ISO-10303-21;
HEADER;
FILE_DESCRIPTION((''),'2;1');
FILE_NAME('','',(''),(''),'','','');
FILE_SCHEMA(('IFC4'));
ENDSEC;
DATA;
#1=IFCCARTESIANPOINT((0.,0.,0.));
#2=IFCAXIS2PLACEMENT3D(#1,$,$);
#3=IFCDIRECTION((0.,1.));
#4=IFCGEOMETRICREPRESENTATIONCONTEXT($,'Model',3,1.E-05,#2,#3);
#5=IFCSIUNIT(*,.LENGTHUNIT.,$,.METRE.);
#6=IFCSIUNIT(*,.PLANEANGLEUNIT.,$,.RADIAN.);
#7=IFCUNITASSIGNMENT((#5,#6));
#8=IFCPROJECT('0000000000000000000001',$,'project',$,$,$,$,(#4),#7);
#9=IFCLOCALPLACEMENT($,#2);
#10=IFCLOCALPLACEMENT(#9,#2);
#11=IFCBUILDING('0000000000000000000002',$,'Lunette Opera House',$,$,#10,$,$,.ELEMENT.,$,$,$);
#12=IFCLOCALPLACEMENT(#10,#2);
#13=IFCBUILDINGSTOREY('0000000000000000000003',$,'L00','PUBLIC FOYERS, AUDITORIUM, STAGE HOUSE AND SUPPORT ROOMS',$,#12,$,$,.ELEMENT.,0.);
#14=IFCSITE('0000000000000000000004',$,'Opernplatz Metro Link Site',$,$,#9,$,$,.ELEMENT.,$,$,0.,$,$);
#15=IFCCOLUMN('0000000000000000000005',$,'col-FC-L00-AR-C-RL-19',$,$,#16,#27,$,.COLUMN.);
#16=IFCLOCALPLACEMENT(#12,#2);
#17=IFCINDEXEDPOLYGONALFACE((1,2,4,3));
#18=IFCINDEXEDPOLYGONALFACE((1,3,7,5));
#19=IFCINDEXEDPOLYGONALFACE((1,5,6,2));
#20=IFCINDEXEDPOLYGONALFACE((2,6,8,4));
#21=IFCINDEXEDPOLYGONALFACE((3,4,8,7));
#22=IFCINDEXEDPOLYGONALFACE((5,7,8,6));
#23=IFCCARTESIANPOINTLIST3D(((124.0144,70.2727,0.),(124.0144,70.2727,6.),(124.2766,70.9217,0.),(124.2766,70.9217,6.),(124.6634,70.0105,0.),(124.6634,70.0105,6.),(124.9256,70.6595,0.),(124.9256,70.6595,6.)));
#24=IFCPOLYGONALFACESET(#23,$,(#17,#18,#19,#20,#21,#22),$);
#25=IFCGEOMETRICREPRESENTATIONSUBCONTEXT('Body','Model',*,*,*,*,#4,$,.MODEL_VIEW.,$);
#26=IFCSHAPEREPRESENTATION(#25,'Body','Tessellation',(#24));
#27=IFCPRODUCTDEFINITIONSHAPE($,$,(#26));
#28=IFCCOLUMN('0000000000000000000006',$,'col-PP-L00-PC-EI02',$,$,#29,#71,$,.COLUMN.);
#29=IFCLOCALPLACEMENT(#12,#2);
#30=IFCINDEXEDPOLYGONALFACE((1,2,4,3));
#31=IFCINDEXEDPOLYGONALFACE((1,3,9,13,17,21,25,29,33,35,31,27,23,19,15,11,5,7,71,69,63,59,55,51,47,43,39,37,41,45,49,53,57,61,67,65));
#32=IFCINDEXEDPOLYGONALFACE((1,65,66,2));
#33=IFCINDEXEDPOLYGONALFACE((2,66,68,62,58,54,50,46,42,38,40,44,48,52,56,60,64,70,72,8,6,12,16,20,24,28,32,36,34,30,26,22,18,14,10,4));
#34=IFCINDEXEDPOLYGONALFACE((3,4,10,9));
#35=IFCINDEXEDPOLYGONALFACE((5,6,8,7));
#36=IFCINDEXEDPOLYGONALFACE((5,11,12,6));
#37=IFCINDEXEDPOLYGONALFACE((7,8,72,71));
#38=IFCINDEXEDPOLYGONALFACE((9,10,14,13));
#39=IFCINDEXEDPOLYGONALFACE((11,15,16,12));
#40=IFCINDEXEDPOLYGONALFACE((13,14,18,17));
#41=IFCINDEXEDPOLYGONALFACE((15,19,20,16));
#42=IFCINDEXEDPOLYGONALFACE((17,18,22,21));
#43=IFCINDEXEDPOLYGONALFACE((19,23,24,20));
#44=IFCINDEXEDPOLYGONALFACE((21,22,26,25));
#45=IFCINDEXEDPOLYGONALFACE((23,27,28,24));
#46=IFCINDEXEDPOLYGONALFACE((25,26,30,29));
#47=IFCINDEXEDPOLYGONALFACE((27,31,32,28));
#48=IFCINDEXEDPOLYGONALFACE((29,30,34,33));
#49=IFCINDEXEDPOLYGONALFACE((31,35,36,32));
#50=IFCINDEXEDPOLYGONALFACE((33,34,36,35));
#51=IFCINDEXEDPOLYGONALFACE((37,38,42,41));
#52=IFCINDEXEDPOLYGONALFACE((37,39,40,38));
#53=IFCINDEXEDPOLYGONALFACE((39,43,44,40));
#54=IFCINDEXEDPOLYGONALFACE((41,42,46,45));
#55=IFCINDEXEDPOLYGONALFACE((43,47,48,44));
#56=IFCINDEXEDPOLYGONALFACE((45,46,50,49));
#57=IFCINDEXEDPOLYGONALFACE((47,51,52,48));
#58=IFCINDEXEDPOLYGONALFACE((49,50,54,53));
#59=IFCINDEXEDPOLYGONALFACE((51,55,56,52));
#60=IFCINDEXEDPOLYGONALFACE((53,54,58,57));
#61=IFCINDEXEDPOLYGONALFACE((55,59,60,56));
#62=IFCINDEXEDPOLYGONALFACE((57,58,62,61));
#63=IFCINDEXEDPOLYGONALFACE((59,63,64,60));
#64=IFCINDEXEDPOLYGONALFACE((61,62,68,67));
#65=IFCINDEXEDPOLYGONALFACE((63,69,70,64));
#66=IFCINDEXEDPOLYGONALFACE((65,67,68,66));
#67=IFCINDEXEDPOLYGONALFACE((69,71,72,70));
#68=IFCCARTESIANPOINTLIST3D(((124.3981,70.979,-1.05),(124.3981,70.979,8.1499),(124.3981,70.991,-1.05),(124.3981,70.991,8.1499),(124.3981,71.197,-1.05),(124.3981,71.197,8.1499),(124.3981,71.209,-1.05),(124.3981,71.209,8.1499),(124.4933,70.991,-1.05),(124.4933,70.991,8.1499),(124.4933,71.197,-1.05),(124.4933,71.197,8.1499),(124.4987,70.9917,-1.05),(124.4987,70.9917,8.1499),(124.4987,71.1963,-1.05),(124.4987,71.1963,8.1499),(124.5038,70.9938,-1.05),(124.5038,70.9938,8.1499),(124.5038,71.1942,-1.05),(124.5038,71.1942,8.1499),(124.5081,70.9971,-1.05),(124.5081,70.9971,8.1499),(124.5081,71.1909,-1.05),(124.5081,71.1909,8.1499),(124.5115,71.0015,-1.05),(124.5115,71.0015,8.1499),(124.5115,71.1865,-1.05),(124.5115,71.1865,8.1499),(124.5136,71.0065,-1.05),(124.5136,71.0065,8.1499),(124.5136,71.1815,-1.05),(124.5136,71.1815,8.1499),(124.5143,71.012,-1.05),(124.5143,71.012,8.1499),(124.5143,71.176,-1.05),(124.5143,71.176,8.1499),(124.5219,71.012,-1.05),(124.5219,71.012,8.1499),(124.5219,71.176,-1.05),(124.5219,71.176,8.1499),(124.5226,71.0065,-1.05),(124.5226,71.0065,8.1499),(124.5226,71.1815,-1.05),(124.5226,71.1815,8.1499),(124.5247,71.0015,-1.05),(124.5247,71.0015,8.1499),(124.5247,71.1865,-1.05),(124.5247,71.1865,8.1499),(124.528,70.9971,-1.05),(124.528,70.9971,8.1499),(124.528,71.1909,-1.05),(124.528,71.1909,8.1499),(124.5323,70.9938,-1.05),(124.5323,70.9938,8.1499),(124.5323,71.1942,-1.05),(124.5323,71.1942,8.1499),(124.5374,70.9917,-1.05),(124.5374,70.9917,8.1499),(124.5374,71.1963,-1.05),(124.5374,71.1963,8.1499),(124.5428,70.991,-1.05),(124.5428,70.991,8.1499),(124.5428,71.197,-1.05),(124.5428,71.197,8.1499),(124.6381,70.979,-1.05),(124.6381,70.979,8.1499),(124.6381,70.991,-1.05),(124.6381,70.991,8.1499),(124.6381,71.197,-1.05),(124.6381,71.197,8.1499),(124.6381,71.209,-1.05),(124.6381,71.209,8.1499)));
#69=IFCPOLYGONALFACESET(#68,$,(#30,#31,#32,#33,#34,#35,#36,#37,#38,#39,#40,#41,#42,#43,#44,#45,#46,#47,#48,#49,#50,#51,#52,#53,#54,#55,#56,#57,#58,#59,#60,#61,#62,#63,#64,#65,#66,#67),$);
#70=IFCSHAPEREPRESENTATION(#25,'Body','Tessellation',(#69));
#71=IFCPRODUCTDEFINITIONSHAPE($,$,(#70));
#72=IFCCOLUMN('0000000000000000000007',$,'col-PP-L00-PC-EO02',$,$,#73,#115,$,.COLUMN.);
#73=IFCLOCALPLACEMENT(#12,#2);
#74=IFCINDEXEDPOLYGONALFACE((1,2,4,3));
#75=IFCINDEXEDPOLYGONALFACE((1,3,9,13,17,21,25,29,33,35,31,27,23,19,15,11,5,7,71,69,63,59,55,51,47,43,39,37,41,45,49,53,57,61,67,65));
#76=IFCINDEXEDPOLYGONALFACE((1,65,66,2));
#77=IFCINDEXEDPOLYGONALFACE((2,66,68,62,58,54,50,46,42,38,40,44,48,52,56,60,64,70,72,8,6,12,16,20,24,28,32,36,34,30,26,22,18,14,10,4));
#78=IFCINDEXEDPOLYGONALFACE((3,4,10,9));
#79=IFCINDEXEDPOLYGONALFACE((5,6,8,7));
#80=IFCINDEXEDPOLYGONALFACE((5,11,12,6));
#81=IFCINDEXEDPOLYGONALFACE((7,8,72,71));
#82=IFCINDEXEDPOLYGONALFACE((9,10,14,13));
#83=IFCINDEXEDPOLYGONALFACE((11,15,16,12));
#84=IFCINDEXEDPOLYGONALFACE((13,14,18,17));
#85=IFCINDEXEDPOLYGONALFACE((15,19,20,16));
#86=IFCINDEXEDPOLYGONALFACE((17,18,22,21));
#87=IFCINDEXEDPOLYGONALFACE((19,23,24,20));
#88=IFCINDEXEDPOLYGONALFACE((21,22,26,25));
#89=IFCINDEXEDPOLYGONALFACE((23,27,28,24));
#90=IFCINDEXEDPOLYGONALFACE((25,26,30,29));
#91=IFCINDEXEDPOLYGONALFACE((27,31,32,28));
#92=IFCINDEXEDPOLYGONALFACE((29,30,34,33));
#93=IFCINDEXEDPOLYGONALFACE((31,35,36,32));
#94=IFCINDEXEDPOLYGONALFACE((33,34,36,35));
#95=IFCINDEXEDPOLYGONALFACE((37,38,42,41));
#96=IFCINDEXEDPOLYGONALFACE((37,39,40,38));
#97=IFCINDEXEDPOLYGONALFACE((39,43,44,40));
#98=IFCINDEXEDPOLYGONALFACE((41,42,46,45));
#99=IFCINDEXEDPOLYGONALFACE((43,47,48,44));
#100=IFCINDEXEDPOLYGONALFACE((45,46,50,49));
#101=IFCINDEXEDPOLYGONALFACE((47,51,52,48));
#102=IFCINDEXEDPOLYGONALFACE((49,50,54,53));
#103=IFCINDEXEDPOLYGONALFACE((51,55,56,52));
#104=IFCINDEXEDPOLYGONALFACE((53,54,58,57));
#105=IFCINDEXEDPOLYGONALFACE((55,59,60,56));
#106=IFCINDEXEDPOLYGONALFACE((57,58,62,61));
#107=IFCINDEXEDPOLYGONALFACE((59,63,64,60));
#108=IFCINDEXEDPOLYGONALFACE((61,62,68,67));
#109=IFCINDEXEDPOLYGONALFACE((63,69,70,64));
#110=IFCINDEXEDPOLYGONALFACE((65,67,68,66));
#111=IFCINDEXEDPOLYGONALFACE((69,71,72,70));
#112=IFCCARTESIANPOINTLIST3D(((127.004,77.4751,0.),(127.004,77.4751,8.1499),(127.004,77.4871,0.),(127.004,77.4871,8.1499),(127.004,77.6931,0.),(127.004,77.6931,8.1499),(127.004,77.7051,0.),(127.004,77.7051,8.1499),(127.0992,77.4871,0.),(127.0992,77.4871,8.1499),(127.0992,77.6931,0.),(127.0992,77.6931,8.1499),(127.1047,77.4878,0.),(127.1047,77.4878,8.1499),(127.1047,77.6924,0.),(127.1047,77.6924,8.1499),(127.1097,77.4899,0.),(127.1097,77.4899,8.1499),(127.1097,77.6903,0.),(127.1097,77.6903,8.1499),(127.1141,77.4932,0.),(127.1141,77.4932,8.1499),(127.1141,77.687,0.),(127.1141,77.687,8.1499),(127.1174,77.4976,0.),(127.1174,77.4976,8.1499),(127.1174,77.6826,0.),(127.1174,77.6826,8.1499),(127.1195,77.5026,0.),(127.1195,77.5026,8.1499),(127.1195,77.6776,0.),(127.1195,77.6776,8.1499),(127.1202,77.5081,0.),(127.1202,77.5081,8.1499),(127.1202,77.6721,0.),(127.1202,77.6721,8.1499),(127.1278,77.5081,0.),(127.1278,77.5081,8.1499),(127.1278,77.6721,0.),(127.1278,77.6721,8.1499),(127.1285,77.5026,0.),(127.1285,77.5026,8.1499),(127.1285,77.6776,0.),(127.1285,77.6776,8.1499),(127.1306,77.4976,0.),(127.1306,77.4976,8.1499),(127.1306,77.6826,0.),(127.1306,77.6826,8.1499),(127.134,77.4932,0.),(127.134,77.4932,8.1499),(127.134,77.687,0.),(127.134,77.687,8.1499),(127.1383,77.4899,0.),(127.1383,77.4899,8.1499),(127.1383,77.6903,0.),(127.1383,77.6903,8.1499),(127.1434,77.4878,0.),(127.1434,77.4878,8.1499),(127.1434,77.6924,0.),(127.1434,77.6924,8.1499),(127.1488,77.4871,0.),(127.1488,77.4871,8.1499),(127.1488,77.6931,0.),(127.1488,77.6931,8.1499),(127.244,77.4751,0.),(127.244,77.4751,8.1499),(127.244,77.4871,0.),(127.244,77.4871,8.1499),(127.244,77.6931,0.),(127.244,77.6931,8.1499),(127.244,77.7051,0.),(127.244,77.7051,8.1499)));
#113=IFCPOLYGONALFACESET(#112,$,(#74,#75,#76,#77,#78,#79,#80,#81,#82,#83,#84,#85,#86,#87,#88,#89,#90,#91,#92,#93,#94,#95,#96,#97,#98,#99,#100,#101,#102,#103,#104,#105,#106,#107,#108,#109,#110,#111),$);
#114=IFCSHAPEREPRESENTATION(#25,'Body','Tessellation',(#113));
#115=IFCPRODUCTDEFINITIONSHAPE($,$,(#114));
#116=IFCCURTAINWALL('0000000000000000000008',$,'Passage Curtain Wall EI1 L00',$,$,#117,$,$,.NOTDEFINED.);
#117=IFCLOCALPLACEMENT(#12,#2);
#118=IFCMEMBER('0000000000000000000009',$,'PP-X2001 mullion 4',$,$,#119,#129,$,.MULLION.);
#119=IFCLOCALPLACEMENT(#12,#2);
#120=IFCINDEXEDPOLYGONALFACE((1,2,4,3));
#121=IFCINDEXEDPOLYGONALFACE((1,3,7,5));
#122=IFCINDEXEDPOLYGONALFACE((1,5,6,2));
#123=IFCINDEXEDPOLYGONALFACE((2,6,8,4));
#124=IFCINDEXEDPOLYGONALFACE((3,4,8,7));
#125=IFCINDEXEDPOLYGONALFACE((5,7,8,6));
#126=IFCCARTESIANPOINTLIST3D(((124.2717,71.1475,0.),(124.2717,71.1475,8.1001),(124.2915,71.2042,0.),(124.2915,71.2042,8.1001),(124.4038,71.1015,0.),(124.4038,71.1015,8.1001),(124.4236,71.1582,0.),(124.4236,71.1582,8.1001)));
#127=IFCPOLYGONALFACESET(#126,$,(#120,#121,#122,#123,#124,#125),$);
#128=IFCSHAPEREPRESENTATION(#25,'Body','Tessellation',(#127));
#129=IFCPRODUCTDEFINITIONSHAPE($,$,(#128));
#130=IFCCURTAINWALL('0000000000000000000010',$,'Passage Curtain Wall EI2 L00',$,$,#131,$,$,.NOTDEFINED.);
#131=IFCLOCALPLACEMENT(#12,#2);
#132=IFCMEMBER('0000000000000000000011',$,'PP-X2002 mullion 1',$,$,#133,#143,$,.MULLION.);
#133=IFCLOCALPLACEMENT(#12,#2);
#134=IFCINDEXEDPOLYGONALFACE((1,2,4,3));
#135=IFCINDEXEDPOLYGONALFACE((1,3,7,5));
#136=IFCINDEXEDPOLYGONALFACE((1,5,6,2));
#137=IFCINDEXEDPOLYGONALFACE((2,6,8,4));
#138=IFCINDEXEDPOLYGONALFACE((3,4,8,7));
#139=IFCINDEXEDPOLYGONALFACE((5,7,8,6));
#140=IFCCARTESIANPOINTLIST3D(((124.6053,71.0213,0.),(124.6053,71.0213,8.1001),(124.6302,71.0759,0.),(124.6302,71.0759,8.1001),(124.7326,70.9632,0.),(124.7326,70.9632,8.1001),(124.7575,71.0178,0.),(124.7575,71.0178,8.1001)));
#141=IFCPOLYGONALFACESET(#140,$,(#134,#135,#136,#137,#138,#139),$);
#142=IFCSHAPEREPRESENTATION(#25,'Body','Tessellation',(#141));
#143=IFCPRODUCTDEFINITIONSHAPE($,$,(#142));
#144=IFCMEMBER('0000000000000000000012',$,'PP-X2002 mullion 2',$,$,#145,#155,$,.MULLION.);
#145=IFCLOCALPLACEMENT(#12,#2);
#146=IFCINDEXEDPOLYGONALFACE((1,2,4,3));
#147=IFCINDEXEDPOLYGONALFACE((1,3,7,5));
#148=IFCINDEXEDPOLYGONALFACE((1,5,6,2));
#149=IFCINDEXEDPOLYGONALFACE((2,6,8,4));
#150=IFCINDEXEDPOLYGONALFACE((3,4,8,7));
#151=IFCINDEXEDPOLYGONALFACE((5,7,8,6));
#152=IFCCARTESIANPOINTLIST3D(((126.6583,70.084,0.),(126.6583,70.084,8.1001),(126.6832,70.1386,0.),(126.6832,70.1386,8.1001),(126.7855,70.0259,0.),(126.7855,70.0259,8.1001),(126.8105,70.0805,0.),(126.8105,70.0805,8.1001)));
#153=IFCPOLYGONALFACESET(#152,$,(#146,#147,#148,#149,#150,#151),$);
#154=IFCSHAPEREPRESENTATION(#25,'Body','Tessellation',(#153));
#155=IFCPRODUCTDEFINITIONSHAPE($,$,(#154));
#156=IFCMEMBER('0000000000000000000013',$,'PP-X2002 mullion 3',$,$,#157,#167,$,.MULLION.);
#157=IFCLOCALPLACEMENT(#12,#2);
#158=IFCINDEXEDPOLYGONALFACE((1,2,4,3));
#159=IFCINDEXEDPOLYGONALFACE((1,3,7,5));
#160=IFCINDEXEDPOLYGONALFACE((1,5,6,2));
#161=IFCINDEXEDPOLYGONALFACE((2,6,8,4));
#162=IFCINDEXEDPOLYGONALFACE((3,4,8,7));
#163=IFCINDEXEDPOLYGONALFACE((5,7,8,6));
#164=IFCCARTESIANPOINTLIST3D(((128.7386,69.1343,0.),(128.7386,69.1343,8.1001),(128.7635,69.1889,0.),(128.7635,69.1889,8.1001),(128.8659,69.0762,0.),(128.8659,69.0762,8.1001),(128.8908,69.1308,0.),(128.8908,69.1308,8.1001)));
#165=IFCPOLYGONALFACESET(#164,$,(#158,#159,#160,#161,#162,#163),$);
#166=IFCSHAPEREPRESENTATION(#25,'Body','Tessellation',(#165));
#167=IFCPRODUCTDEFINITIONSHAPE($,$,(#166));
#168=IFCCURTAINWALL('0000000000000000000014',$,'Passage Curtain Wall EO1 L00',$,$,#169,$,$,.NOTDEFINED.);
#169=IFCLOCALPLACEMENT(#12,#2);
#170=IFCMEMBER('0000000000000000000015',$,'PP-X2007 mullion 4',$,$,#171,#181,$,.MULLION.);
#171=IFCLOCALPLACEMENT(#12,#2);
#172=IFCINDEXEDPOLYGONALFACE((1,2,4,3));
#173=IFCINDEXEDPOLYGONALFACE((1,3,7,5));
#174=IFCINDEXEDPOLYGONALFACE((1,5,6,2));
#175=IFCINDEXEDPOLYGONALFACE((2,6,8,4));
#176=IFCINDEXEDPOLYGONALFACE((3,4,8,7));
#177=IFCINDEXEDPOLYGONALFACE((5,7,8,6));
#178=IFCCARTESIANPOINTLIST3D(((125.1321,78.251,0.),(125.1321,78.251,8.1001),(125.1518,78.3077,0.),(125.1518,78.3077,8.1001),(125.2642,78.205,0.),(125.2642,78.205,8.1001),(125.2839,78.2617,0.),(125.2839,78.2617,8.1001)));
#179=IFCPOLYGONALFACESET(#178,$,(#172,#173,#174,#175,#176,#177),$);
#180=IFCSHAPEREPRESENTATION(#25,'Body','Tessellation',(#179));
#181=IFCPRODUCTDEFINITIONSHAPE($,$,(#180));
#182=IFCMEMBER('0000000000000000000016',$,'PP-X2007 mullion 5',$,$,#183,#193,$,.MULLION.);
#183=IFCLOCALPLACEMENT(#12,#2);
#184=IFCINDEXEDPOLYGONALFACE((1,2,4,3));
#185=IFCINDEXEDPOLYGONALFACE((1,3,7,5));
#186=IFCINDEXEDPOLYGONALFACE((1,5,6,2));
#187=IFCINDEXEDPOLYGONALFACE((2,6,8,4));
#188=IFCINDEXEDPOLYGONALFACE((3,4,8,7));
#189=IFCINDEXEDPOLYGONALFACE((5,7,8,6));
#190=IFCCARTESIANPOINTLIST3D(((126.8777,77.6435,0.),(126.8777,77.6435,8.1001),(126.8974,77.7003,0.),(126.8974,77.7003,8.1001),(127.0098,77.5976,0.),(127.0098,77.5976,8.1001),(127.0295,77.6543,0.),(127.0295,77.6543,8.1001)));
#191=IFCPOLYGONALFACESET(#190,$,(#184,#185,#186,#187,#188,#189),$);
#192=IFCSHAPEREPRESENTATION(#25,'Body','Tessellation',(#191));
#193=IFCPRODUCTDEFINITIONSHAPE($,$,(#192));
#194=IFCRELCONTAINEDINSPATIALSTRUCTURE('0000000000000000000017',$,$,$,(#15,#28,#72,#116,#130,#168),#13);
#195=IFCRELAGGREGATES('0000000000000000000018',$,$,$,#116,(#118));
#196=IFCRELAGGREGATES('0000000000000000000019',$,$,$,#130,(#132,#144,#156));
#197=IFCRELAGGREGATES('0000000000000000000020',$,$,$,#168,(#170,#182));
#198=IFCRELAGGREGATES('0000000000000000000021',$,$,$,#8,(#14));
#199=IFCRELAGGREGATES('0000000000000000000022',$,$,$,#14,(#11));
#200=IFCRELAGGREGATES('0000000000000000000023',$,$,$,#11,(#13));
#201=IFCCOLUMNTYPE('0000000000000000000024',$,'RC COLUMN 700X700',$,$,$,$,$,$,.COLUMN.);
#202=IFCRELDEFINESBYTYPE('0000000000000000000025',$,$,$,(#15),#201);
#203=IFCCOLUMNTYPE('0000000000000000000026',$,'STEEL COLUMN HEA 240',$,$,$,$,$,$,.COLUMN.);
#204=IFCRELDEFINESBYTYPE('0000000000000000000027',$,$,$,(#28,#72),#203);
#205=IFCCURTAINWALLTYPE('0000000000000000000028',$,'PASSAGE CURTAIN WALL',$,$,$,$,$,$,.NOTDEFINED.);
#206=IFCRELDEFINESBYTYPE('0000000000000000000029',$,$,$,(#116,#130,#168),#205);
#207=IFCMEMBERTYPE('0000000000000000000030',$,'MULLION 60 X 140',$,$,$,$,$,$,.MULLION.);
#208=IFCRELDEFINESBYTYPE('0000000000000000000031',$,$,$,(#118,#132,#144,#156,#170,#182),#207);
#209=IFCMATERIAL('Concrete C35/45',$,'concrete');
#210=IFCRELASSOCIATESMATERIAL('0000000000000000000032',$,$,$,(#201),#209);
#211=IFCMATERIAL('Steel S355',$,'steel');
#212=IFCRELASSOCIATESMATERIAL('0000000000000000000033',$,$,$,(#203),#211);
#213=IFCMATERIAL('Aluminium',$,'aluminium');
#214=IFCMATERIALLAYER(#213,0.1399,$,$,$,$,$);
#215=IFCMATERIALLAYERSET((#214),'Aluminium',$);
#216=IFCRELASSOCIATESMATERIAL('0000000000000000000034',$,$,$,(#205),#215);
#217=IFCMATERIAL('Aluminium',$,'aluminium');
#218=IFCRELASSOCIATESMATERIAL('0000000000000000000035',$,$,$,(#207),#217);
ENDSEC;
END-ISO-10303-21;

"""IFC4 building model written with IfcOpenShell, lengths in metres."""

from ifc_helpers import new_model, si_unit, direction, frame, origin, origin_2d, place, context, subcontext, project, spatial, rectangle, i_section, extrude, material, layer, layer_set, material_profile, profile_set, type_object, element, aggregate, save


model = new_model("IFC4")

# Units and contexts
model_context = context("Model", 3, precision=1e-05, world=origin(), true_north=direction((0.0, 1.0)))
body_context = subcontext(model_context, "Body", "Model", "MODEL_VIEW")
ifc_project = project(units=[si_unit("LENGTHUNIT", "METRE"), si_unit("PLANEANGLEUNIT", "RADIAN")], contexts=[model_context])

# Site, building, storey
site_placement = place(None, origin())
site = spatial("IfcSite", under=ifc_project, at=site_placement, Name="Opernplatz Metro Link Site", CompositionType="ELEMENT", RefElevation=0.0)
building_placement = place(site_placement, origin())
building = spatial("IfcBuilding", under=site, at=building_placement, Name="Lunette Opera House", CompositionType="ELEMENT")
storey_placement = place(building_placement, origin())
storey = spatial("IfcBuildingStorey", under=building, at=storey_placement, Name="L00", Description="PUBLIC FOYERS, AUDITORIUM, STAGE HOUSE AND SUPPORT ROOMS", CompositionType="ELEMENT", Elevation=0.0)

# Columns
ifc_material_1 = material(Name="Concrete C35/45", Category="concrete")
ifc_material_profile_1 = material_profile(ifc_material_1, rectangle(XDim=0.7, YDim=0.7, at=origin_2d()), Name="RC COLUMN 700X700")
ifc_profile_set_1 = profile_set([ifc_material_profile_1], Name="Concrete C35/45")
column_type_1 = type_object("IfcColumnType", Name="RC COLUMN 700X700", PredefinedType="COLUMN", material=ifc_profile_set_1)
column_1_placement = place(storey_placement, frame((124.47, 70.4661, 0.0), z_axis=(0.0, 0.0, 1.0), x_axis=(0.927184, -0.374607, 0.0)))
element("IfcColumn", 1, at=column_1_placement, inside=storey, type_object=column_type_1, Name="col-FC-L00-AR-C-RL-19", PredefinedType="COLUMN", context=body_context, shape_type="SweptSolid", body=[
    extrude(rectangle(XDim=0.7, YDim=0.7, at=origin_2d()), origin(), (0.0, 0.0, 1.0), 6.0),
])
ifc_material_2 = material(Name="Steel S355", Category="steel")
ifc_material_profile_2 = material_profile(ifc_material_2, i_section(OverallWidth=0.24, OverallDepth=0.23, WebThickness=0.0076, FlangeThickness=0.012, FilletRadius=0.021, at=origin_2d()), Name="HEA 240")
ifc_profile_set_2 = profile_set([ifc_material_profile_2], Name="Steel S355")
column_type_2 = type_object("IfcColumnType", Name="STEEL COLUMN HEA 240", PredefinedType="COLUMN", material=ifc_profile_set_2)
column_2_placement = place(storey_placement, frame((124.5181, 71.094, -1.05), z_axis=(0.0, 0.0, 1.0), x_axis=(1.0, 0.0, 0.0)))
element("IfcColumn", 2, at=column_2_placement, inside=storey, type_object=column_type_2, Name="col-PP-L00-PC-EI02", PredefinedType="COLUMN", context=body_context, shape_type="SweptSolid", body=[
    extrude(i_section(OverallWidth=0.24, OverallDepth=0.23, WebThickness=0.0076, FlangeThickness=0.012, FilletRadius=0.021, at=origin_2d()), origin(), (0.0, 0.0, 1.0), 9.2),
])
column_3_placement = place(storey_placement, frame((127.124, 77.5901, 0.0), z_axis=(0.0, 0.0, 1.0), x_axis=(1.0, 0.0, 0.0)))
element("IfcColumn", 3, at=column_3_placement, inside=storey, type_object=column_type_2, Name="col-PP-L00-PC-EO02", PredefinedType="COLUMN", context=body_context, shape_type="SweptSolid", body=[
    extrude(i_section(OverallWidth=0.24, OverallDepth=0.23, WebThickness=0.0076, FlangeThickness=0.012, FilletRadius=0.021, at=origin_2d()), origin(), (0.0, 0.0, 1.0), 8.1499),
])

# Curtain wall, member
ifc_material_3 = material(Name="Aluminium", Category="aluminium")
ifc_layer_1 = layer(ifc_material_3, 0.1399)
ifc_layer_set_1 = layer_set([ifc_layer_1], Name="Aluminium")
curtain_wall_type = type_object("IfcCurtainWallType", Name="PASSAGE CURTAIN WALL", PredefinedType="NOTDEFINED", material=ifc_layer_set_1)
curtain_wall_1_placement = place(storey_placement, origin())
curtain_wall_1 = element("IfcCurtainWall", 4, at=curtain_wall_1_placement, inside=storey, type_object=curtain_wall_type, Name="Passage Curtain Wall EI1 L00", PredefinedType="NOTDEFINED")
ifc_material_4 = material(Name="Aluminium", Category="aluminium")
ifc_material_profile_3 = material_profile(ifc_material_4, rectangle(XDim=0.0601, YDim=0.1399, at=origin_2d()), Name="MULLION 60 X 140")
ifc_profile_set_3 = profile_set([ifc_material_profile_3], Name="Aluminium")
member_type_1 = type_object("IfcMemberType", Name="MULLION 60 X 140", PredefinedType="MULLION", material=ifc_profile_set_3)
member_1_placement = place(storey_placement, frame((124.3477, 71.1528, 0.0), z_axis=(0.0, 0.0, 1.0), x_axis=(0.328622, 0.944461, 0.0)))
member_1 = element("IfcMember", 5, at=member_1_placement, type_object=member_type_1, Name="PP-X2001 mullion 4", PredefinedType="MULLION", context=body_context, shape_type="SweptSolid", body=[
    extrude(rectangle(XDim=0.0601, YDim=0.1399, at=origin_2d()), origin(), (0.0, 0.0, 1.0), 8.1001),
])
aggregate(curtain_wall_1, [member_1])

# Curtain walls, members
curtain_wall_2_placement = place(storey_placement, origin())
curtain_wall_2 = element("IfcCurtainWall", 6, at=curtain_wall_2_placement, inside=storey, type_object=curtain_wall_type, Name="Passage Curtain Wall EI2 L00", PredefinedType="NOTDEFINED")
member_2_placement = place(storey_placement, frame((124.6814, 71.0195, 0.0), z_axis=(0.0, 0.0, 1.0), x_axis=(0.415274, 0.909696, 0.0)))
member_2 = element("IfcMember", 7, at=member_2_placement, type_object=member_type_1, Name="PP-X2002 mullion 1", PredefinedType="MULLION", context=body_context, shape_type="SweptSolid", body=[
    extrude(rectangle(XDim=0.0601, YDim=0.1399, at=origin_2d()), origin(), (0.0, 0.0, 1.0), 8.1001),
])
member_3_placement = place(storey_placement, frame((126.7344, 70.0823, 0.0), z_axis=(0.0, 0.0, 1.0), x_axis=(0.415274, 0.909696, 0.0)))
member_3 = element("IfcMember", 8, at=member_3_placement, type_object=member_type_1, Name="PP-X2002 mullion 2", PredefinedType="MULLION", context=body_context, shape_type="SweptSolid", body=[
    extrude(rectangle(XDim=0.0601, YDim=0.1399, at=origin_2d()), origin(), (0.0, 0.0, 1.0), 8.1001),
])
member_4_placement = place(storey_placement, frame((128.8147, 69.1326, 0.0), z_axis=(0.0, 0.0, 1.0), x_axis=(0.415274, 0.909696, 0.0)))
member_4 = element("IfcMember", 9, at=member_4_placement, type_object=member_type_1, Name="PP-X2002 mullion 3", PredefinedType="MULLION", context=body_context, shape_type="SweptSolid", body=[
    extrude(rectangle(XDim=0.0601, YDim=0.1399, at=origin_2d()), origin(), (0.0, 0.0, 1.0), 8.1001),
])
curtain_wall_3_placement = place(storey_placement, origin())
curtain_wall_3 = element("IfcCurtainWall", 10, at=curtain_wall_3_placement, inside=storey, type_object=curtain_wall_type, Name="Passage Curtain Wall EO1 L00", PredefinedType="NOTDEFINED")
member_5_placement = place(storey_placement, frame((125.208, 78.2563, 0.0), z_axis=(0.0, 0.0, 1.0), x_axis=(0.328619, 0.944463, 0.0)))
member_5 = element("IfcMember", 11, at=member_5_placement, type_object=member_type_1, Name="PP-X2007 mullion 4", PredefinedType="MULLION", context=body_context, shape_type="SweptSolid", body=[
    extrude(rectangle(XDim=0.0601, YDim=0.1399, at=origin_2d()), origin(), (0.0, 0.0, 1.0), 8.1001),
])
member_6_placement = place(storey_placement, frame((126.9536, 77.6489, 0.0), z_axis=(0.0, 0.0, 1.0), x_axis=(0.328619, 0.944463, 0.0)))
member_6 = element("IfcMember", 12, at=member_6_placement, type_object=member_type_1, Name="PP-X2007 mullion 5", PredefinedType="MULLION", context=body_context, shape_type="SweptSolid", body=[
    extrude(rectangle(XDim=0.0601, YDim=0.1399, at=origin_2d()), origin(), (0.0, 0.0, 1.0), 8.1001),
])

aggregate(curtain_wall_2, [member_2, member_3, member_4])
aggregate(curtain_wall_3, [member_5, member_6])

save(model, "model.ifc")
